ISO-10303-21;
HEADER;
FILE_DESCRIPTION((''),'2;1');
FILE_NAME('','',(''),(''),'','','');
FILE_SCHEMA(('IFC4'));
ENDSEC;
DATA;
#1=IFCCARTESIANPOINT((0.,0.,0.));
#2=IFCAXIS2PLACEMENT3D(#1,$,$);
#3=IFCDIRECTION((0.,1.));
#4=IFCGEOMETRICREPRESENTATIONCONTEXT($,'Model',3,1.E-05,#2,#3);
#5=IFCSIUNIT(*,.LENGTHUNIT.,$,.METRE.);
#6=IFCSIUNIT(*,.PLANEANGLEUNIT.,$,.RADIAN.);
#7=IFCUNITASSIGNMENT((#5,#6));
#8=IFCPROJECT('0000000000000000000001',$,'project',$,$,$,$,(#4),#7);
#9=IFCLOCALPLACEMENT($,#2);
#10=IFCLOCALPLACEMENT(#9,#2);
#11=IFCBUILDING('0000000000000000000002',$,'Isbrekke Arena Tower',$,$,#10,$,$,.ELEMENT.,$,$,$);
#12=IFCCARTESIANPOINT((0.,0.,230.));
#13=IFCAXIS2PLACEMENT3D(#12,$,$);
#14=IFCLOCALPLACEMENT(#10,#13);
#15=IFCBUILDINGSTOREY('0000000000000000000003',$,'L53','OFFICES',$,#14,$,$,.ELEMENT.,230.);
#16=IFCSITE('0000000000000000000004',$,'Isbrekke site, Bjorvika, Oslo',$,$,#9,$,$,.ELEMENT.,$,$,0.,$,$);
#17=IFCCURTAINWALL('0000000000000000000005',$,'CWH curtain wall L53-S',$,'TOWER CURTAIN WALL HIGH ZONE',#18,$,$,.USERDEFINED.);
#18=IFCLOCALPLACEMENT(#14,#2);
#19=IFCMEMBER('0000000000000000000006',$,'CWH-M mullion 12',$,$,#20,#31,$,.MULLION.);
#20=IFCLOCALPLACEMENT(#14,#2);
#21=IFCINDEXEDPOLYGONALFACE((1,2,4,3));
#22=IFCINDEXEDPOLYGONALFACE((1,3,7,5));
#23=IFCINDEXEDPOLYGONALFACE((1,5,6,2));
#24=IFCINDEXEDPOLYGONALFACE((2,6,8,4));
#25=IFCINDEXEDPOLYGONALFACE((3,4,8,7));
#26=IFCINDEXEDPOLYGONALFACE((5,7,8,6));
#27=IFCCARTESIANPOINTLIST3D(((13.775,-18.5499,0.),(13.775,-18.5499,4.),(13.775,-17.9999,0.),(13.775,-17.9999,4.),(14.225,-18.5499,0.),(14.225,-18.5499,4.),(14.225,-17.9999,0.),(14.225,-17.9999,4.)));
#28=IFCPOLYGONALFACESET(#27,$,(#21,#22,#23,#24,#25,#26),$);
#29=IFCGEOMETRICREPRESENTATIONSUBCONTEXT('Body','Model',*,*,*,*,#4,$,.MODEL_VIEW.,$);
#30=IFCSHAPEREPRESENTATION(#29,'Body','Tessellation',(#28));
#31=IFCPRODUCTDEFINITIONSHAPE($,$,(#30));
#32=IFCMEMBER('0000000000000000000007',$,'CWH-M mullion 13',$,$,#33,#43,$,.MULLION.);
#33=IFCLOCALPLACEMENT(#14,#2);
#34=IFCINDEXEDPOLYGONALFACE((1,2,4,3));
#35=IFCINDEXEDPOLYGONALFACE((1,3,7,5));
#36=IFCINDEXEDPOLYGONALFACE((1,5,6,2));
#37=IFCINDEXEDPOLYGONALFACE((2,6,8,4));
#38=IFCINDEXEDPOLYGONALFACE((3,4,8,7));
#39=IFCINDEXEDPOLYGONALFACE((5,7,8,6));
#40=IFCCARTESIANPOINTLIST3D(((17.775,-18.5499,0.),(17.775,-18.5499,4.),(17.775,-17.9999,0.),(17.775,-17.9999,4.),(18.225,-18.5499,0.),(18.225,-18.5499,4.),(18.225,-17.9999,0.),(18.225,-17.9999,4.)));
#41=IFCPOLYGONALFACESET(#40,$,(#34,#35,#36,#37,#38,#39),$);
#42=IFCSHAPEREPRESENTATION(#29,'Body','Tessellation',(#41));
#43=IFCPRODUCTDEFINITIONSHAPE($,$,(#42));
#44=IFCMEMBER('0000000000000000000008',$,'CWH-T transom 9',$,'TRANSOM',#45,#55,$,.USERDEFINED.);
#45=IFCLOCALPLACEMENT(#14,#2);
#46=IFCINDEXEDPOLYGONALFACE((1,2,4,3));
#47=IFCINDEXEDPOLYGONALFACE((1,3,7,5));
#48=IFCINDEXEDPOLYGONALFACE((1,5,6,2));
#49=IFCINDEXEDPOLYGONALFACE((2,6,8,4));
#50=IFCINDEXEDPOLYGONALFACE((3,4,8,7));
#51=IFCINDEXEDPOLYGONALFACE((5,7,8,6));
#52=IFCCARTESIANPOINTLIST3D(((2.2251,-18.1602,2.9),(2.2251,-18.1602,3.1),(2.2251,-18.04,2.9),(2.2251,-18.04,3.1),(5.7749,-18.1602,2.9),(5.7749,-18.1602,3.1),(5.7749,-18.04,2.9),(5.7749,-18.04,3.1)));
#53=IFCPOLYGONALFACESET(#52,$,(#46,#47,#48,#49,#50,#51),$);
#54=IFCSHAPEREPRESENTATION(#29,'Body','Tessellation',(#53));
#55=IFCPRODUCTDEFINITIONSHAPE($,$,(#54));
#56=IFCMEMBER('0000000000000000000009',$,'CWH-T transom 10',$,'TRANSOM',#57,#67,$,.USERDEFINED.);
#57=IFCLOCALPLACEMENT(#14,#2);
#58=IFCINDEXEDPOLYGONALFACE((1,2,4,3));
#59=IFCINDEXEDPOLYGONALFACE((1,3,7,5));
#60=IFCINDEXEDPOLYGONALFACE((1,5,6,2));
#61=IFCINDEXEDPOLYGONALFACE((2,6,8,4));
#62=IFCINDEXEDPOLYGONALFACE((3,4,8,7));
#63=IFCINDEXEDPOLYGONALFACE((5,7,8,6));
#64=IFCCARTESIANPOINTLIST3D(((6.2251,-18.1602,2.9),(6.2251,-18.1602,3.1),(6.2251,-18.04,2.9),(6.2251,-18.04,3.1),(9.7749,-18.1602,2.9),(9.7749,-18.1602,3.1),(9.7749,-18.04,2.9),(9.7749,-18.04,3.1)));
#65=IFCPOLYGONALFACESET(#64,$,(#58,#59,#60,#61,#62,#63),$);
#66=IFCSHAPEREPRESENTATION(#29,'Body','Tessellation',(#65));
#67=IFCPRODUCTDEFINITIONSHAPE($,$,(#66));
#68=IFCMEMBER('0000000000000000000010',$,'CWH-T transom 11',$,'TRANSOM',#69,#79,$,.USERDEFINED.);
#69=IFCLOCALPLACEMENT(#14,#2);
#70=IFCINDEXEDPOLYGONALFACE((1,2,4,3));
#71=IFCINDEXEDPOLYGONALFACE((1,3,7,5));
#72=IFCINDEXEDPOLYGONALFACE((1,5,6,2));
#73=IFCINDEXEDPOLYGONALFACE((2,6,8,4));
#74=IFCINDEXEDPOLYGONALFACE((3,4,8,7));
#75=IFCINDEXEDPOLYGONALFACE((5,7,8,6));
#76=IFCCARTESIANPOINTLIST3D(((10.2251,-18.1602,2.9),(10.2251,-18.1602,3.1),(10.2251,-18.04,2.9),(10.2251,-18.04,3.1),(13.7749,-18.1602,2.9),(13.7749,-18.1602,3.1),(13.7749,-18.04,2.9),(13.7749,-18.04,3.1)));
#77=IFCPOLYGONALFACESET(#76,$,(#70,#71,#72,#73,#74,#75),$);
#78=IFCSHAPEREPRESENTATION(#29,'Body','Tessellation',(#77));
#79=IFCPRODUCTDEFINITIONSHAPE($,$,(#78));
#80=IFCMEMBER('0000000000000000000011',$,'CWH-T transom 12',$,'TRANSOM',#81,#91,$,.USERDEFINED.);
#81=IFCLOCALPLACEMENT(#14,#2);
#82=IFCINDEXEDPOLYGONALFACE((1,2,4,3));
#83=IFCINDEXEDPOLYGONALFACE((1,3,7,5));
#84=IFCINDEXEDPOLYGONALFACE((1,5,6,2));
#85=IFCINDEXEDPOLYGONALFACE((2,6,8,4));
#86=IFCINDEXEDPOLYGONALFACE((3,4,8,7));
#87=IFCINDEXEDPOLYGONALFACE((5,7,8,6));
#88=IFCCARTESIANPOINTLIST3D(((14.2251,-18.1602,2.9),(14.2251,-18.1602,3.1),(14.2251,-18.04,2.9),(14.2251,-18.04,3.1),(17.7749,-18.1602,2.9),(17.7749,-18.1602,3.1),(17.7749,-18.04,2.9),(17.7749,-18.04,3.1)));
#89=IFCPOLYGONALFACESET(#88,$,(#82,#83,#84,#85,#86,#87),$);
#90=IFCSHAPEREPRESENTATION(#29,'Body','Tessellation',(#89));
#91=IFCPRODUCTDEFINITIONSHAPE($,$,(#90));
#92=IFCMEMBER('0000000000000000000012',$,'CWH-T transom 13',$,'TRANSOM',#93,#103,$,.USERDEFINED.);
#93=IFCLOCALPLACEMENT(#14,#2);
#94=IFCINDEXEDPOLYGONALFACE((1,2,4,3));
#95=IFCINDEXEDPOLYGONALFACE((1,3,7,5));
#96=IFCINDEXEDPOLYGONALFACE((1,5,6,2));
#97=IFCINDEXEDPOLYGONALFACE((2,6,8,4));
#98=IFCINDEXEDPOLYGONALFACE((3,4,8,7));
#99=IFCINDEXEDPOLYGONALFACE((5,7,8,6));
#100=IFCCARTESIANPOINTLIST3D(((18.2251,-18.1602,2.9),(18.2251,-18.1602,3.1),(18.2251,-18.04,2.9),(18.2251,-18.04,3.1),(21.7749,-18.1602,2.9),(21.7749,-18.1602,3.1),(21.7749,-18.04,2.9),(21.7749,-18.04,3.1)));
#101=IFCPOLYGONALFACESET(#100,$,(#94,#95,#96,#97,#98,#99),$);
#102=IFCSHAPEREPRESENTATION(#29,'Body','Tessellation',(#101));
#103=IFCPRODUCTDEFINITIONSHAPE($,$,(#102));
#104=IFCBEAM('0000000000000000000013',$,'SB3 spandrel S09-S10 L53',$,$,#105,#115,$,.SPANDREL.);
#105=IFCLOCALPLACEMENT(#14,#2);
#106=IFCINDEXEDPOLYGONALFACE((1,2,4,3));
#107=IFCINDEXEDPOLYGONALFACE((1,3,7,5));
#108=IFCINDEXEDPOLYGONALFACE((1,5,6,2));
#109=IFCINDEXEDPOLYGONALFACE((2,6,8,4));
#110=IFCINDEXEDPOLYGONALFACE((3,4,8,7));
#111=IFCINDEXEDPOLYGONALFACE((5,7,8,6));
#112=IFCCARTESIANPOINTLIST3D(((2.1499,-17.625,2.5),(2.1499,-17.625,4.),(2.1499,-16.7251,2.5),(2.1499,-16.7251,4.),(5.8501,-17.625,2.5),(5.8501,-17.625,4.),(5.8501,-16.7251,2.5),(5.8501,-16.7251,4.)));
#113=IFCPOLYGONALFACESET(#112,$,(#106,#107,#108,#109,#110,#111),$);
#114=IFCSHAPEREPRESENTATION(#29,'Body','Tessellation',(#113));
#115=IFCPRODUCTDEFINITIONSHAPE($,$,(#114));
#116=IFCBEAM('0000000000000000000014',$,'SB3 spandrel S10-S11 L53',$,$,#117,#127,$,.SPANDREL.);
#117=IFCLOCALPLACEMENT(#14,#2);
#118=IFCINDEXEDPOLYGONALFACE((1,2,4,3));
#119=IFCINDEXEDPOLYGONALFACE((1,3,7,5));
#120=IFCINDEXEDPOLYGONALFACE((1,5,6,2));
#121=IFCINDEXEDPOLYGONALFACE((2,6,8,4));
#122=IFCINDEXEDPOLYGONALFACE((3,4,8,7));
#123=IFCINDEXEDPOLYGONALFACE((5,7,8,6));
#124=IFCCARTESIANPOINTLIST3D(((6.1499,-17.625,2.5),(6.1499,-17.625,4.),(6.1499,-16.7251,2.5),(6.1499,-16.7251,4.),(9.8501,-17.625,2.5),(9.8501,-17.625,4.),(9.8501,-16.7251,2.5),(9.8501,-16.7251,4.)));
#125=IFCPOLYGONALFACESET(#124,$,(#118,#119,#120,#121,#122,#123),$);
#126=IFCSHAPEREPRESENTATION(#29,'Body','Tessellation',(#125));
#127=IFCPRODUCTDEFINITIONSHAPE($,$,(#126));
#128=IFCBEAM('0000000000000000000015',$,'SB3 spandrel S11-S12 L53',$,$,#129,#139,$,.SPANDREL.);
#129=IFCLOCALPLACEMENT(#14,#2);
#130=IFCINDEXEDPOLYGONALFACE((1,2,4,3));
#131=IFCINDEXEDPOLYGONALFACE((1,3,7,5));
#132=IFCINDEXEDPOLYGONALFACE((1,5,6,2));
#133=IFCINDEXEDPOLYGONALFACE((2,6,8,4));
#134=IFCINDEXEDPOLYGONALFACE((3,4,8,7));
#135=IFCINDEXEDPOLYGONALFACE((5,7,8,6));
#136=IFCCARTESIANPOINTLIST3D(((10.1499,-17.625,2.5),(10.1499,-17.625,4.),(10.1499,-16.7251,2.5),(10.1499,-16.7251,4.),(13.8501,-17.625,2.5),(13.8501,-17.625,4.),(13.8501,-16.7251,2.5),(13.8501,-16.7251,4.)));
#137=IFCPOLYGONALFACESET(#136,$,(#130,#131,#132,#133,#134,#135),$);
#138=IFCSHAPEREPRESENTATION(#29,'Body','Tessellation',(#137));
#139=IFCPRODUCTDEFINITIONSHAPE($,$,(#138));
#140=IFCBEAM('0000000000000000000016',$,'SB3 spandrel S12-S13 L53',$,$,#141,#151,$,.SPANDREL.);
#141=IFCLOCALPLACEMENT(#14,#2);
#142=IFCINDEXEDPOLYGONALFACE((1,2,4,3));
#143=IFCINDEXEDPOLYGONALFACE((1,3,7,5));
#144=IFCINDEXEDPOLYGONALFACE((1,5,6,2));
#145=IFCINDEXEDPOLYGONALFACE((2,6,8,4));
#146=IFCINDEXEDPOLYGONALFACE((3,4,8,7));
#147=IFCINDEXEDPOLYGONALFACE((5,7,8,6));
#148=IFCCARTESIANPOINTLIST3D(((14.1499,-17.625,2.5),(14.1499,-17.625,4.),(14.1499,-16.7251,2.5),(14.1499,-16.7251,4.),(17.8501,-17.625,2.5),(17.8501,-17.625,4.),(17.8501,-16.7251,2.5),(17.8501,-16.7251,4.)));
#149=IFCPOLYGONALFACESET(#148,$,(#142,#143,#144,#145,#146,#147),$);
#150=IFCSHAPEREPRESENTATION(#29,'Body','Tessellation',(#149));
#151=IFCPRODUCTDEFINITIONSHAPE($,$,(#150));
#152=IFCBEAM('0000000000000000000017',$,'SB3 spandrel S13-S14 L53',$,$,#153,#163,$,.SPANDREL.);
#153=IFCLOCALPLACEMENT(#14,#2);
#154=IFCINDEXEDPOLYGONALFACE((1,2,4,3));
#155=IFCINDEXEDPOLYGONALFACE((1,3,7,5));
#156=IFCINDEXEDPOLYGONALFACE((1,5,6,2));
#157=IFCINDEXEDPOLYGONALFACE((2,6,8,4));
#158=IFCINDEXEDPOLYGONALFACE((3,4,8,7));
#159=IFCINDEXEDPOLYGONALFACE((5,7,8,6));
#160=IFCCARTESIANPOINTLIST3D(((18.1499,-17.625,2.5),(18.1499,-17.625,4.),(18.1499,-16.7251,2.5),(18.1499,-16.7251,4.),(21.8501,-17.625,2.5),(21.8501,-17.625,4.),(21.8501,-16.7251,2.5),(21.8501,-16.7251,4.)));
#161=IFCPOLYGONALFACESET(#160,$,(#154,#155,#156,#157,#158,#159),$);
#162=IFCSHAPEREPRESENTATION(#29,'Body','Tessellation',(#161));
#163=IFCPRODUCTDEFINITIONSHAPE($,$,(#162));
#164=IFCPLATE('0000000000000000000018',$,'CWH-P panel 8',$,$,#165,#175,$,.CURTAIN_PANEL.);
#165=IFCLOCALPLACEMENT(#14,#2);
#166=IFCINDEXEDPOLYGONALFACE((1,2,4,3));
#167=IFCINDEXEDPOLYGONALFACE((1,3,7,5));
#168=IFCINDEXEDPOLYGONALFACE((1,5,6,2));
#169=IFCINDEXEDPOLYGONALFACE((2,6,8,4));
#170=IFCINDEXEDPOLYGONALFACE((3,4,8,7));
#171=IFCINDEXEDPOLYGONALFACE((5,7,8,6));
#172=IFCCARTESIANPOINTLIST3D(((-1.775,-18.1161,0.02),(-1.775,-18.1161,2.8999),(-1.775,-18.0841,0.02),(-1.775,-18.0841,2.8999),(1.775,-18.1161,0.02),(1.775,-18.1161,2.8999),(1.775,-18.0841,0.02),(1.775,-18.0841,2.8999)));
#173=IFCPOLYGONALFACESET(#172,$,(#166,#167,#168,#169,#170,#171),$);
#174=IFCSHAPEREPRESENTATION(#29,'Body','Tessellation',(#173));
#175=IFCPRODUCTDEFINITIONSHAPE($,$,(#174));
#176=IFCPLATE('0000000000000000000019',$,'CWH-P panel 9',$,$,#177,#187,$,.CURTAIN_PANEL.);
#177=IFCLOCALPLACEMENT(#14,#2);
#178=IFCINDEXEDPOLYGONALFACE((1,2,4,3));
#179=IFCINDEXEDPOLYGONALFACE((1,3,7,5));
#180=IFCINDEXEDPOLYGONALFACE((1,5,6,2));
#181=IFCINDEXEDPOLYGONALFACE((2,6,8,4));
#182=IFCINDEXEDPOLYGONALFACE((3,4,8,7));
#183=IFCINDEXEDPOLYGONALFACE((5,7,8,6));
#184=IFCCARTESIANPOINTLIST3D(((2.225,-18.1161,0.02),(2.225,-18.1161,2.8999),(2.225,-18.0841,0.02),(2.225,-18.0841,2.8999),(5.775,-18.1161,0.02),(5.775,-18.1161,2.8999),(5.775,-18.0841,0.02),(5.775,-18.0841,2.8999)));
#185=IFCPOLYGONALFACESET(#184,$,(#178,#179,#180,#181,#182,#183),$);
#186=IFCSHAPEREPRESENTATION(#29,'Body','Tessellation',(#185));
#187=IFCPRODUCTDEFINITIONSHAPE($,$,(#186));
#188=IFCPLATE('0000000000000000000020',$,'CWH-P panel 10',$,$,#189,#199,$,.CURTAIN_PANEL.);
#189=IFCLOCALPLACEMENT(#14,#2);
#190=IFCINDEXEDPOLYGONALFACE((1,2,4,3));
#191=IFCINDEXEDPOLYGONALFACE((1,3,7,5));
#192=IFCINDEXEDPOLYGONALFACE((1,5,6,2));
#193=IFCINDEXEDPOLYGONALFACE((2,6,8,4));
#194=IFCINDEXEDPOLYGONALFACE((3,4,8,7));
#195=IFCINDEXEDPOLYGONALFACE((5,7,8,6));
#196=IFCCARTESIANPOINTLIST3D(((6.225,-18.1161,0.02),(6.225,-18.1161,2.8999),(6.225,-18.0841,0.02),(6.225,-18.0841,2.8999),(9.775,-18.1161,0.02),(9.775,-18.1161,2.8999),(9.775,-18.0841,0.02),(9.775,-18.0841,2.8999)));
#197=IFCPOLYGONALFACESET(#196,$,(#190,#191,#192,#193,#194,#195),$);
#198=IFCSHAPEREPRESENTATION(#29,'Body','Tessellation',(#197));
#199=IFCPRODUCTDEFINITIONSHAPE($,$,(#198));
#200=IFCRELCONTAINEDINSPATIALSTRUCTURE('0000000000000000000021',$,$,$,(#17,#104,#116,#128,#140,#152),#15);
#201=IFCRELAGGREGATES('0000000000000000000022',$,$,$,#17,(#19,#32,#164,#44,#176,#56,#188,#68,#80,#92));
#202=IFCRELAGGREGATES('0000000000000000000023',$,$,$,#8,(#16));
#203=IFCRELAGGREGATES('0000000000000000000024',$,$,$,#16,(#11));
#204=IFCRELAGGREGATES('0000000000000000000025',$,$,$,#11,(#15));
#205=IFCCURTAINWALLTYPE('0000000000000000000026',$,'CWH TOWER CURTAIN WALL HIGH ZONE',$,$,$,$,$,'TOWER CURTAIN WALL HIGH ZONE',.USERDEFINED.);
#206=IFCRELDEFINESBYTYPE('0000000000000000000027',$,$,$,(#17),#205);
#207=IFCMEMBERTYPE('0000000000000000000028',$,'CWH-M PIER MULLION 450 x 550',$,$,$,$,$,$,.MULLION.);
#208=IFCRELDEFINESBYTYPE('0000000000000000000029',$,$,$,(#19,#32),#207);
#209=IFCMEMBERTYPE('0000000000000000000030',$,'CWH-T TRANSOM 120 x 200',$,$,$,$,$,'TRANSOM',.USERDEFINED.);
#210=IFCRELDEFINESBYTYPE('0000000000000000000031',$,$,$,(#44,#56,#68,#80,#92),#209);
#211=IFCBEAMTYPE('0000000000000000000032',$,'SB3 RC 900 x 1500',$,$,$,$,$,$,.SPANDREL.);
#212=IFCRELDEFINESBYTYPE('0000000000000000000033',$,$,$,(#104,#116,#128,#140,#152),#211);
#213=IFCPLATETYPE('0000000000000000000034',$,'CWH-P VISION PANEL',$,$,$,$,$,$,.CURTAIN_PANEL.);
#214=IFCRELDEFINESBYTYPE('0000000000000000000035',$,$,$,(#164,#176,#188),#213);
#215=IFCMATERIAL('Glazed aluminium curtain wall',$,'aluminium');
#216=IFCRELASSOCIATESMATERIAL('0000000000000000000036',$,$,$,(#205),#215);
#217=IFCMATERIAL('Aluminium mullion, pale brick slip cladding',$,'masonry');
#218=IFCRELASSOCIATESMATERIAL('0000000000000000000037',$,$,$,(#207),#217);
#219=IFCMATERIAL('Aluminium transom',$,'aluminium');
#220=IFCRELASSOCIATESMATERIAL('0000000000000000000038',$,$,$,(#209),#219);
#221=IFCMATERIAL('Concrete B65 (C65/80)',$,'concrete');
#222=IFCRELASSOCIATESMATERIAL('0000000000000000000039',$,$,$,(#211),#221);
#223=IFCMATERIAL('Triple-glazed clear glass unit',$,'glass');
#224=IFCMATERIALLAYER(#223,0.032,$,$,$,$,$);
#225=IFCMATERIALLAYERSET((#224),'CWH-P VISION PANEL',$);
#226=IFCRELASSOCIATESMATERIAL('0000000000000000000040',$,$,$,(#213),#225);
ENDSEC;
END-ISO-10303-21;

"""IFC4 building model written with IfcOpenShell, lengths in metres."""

from ifc_helpers import new_model, si_unit, direction, frame, origin, origin_2d, place, context, subcontext, project, spatial, rectangle, extrude, material, layer, layer_set, material_profile, profile_set, type_object, element, aggregate, save


model = new_model("IFC4")

# Units and contexts
model_context = context("Model", 3, precision=1e-05, world=origin(), true_north=direction((0.0, 1.0)))
body_context = subcontext(model_context, "Body", "Model", "MODEL_VIEW")
ifc_project = project(units=[si_unit("LENGTHUNIT", "METRE"), si_unit("PLANEANGLEUNIT", "RADIAN")], contexts=[model_context])

# Site, building, storey
site_placement = place(None, origin())
site = spatial("IfcSite", under=ifc_project, at=site_placement, Name="Isbrekke site, Bjorvika, Oslo", CompositionType="ELEMENT", RefElevation=0.0)
building_placement = place(site_placement, origin())
building = spatial("IfcBuilding", under=site, at=building_placement, Name="Isbrekke Arena Tower", CompositionType="ELEMENT")
storey_placement = place(building_placement, frame((0.0, 0.0, 230.0)))
storey = spatial("IfcBuildingStorey", under=building, at=storey_placement, Name="L53", Description="OFFICES", CompositionType="ELEMENT", Elevation=230.0)

# Curtain wall, members
ifc_material_1 = material(Name="Glazed aluminium curtain wall", Category="aluminium")
curtain_wall_type = type_object("IfcCurtainWallType", Name="CWH TOWER CURTAIN WALL HIGH ZONE", ElementType="TOWER CURTAIN WALL HIGH ZONE", PredefinedType="USERDEFINED", material=ifc_material_1)
curtain_wall_placement = place(storey_placement, origin())
curtain_wall = element("IfcCurtainWall", 1, at=curtain_wall_placement, inside=storey, type_object=curtain_wall_type, Name="CWH curtain wall L53-S", ObjectType="TOWER CURTAIN WALL HIGH ZONE", PredefinedType="USERDEFINED")
ifc_material_2 = material(Name="Aluminium mullion, pale brick slip cladding", Category="masonry")
ifc_material_profile_1 = material_profile(ifc_material_2, rectangle(XDim=0.45, YDim=0.55, at=origin_2d()), Name="PIER 450X550")
ifc_profile_set_1 = profile_set([ifc_material_profile_1], Name="Aluminium mullion, pale brick slip cladding")
member_type_1 = type_object("IfcMemberType", Name="CWH-M PIER MULLION 450 x 550", PredefinedType="MULLION", material=ifc_profile_set_1)
member_1_placement = place(storey_placement, frame((14.0, -18.2749, 0.0), z_axis=(0.0, 0.0, 1.0), x_axis=(1.0, 0.0, 0.0)))
member_1 = element("IfcMember", 2, at=member_1_placement, type_object=member_type_1, Name="CWH-M mullion 12", PredefinedType="MULLION", context=body_context, shape_type="SweptSolid", body=[
    extrude(rectangle(XDim=0.45, YDim=0.55, at=origin_2d()), origin(), (0.0, 0.0, 1.0), 4.0),
])
member_2_placement = place(storey_placement, frame((18.0, -18.2749, 0.0), z_axis=(0.0, 0.0, 1.0), x_axis=(1.0, 0.0, 0.0)))
member_2 = element("IfcMember", 3, at=member_2_placement, type_object=member_type_1, Name="CWH-M mullion 13", PredefinedType="MULLION", context=body_context, shape_type="SweptSolid", body=[
    extrude(rectangle(XDim=0.45, YDim=0.55, at=origin_2d()), origin(), (0.0, 0.0, 1.0), 4.0),
])
ifc_material_3 = material(Name="Aluminium transom", Category="aluminium")
ifc_material_profile_2 = material_profile(ifc_material_3, rectangle(XDim=0.1201, YDim=0.2, at=origin_2d()), Name="TRANSOM 120X200")
ifc_profile_set_2 = profile_set([ifc_material_profile_2], Name="Aluminium transom")
member_type_2 = type_object("IfcMemberType", Name="CWH-T TRANSOM 120 x 200", ElementType="TRANSOM", PredefinedType="USERDEFINED", material=ifc_profile_set_2)
member_3_placement = place(storey_placement, frame((2.2251, -18.1001, 3.0), z_axis=(1.0, 0.0, 0.0), x_axis=(0.0, 1.0, 0.0)))
member_3 = element("IfcMember", 4, at=member_3_placement, type_object=member_type_2, Name="CWH-T transom 9", ObjectType="TRANSOM", PredefinedType="USERDEFINED", context=body_context, shape_type="SweptSolid", body=[
    extrude(rectangle(XDim=0.1201, YDim=0.2, at=origin_2d()), origin(), (0.0, 0.0, 1.0), 3.5498),
])
member_4_placement = place(storey_placement, frame((6.2251, -18.1001, 3.0), z_axis=(1.0, 0.0, 0.0), x_axis=(0.0, 1.0, 0.0)))
member_4 = element("IfcMember", 5, at=member_4_placement, type_object=member_type_2, Name="CWH-T transom 10", ObjectType="TRANSOM", PredefinedType="USERDEFINED", context=body_context, shape_type="SweptSolid", body=[
    extrude(rectangle(XDim=0.1201, YDim=0.2, at=origin_2d()), origin(), (0.0, 0.0, 1.0), 3.5498),
])
member_5_placement = place(storey_placement, frame((10.2251, -18.1001, 3.0), z_axis=(1.0, 0.0, 0.0), x_axis=(0.0, 1.0, 0.0)))
member_5 = element("IfcMember", 6, at=member_5_placement, type_object=member_type_2, Name="CWH-T transom 11", ObjectType="TRANSOM", PredefinedType="USERDEFINED", context=body_context, shape_type="SweptSolid", body=[
    extrude(rectangle(XDim=0.1201, YDim=0.2, at=origin_2d()), origin(), (0.0, 0.0, 1.0), 3.5498),
])
member_6_placement = place(storey_placement, frame((14.2251, -18.1001, 3.0), z_axis=(1.0, 0.0, 0.0), x_axis=(0.0, 1.0, 0.0)))
member_6 = element("IfcMember", 7, at=member_6_placement, type_object=member_type_2, Name="CWH-T transom 12", ObjectType="TRANSOM", PredefinedType="USERDEFINED", context=body_context, shape_type="SweptSolid", body=[
    extrude(rectangle(XDim=0.1201, YDim=0.2, at=origin_2d()), origin(), (0.0, 0.0, 1.0), 3.5498),
])
member_7_placement = place(storey_placement, frame((18.2251, -18.1001, 3.0), z_axis=(1.0, 0.0, 0.0), x_axis=(0.0, 1.0, 0.0)))
member_7 = element("IfcMember", 8, at=member_7_placement, type_object=member_type_2, Name="CWH-T transom 13", ObjectType="TRANSOM", PredefinedType="USERDEFINED", context=body_context, shape_type="SweptSolid", body=[
    extrude(rectangle(XDim=0.1201, YDim=0.2, at=origin_2d()), origin(), (0.0, 0.0, 1.0), 3.5498),
])

# Beams
ifc_material_4 = material(Name="Concrete B65 (C65/80)", Category="concrete")
ifc_material_profile_3 = material_profile(ifc_material_4, rectangle(XDim=0.8999, YDim=1.5, at=origin_2d()), Name="RC 900x1500")
ifc_profile_set_3 = profile_set([ifc_material_profile_3], Name="Concrete B65 (C65/80)")
beam_type_1 = type_object("IfcBeamType", Name="SB3 RC 900 x 1500", PredefinedType="SPANDREL", material=ifc_profile_set_3)
for number, where, z_axis, x_axis, name in (
    (9, (2.1499, -17.175, 3.25), (1.0, 0.0, 0.0), (0.0, 1.0, 0.0), "SB3 spandrel S09-S10 L53"),
    (10, (6.1499, -17.175, 3.25), (1.0, 0.0, 0.0), (0.0, 1.0, 0.0), "SB3 spandrel S10-S11 L53"),
    (11, (10.1499, -17.175, 3.25), (1.0, 0.0, 0.0), (0.0, 1.0, 0.0), "SB3 spandrel S11-S12 L53"),
    (12, (14.1499, -17.175, 3.25), (1.0, 0.0, 0.0), (0.0, 1.0, 0.0), "SB3 spandrel S12-S13 L53"),
    (13, (18.1499, -17.175, 3.25), (1.0, 0.0, 0.0), (0.0, 1.0, 0.0), "SB3 spandrel S13-S14 L53"),
):
    element("IfcBeam", number, at=place(storey_placement, frame(where, z_axis=z_axis, x_axis=x_axis)), inside=storey, type_object=beam_type_1, Name=name, PredefinedType="SPANDREL", context=body_context, shape_type="SweptSolid", body=[
        extrude(rectangle(XDim=0.8999, YDim=1.5, at=origin_2d()), origin(), (0.0, 0.0, 1.0), 3.7002),
    ])

# Plates
ifc_material_5 = material(Name="Triple-glazed clear glass unit", Category="glass")
ifc_layer = layer(ifc_material_5, 0.032)
ifc_layer_set = layer_set([ifc_layer], Name="CWH-P VISION PANEL")
plate_type = type_object("IfcPlateType", Name="CWH-P VISION PANEL", PredefinedType="CURTAIN_PANEL", material=ifc_layer_set)
plate_1_placement = place(storey_placement, frame((0.0, -18.1001, 0.02), z_axis=(0.0, 0.0, 1.0), x_axis=(1.0, 0.0, 0.0)))
plate_1 = element("IfcPlate", 14, at=plate_1_placement, type_object=plate_type, Name="CWH-P panel 8", PredefinedType="CURTAIN_PANEL", context=body_context, shape_type="SweptSolid", body=[
    extrude(rectangle(XDim=3.55, YDim=0.032, at=origin_2d()), origin(), (0.0, 0.0, 1.0), 2.8799),
])
plate_2_placement = place(storey_placement, frame((4.0, -18.1001, 0.02), z_axis=(0.0, 0.0, 1.0), x_axis=(1.0, 0.0, 0.0)))
plate_2 = element("IfcPlate", 15, at=plate_2_placement, type_object=plate_type, Name="CWH-P panel 9", PredefinedType="CURTAIN_PANEL", context=body_context, shape_type="SweptSolid", body=[
    extrude(rectangle(XDim=3.55, YDim=0.032, at=origin_2d()), origin(), (0.0, 0.0, 1.0), 2.8799),
])
plate_3_placement = place(storey_placement, frame((8.0, -18.1001, 0.02), z_axis=(0.0, 0.0, 1.0), x_axis=(1.0, 0.0, 0.0)))
plate_3 = element("IfcPlate", 16, at=plate_3_placement, type_object=plate_type, Name="CWH-P panel 10", PredefinedType="CURTAIN_PANEL", context=body_context, shape_type="SweptSolid", body=[
    extrude(rectangle(XDim=3.55, YDim=0.032, at=origin_2d()), origin(), (0.0, 0.0, 1.0), 2.8799),
])
aggregate(curtain_wall, [member_1, member_2, plate_1, member_3, plate_2, member_4, plate_3, member_5, member_6, member_7])

save(model, "model.ifc")
